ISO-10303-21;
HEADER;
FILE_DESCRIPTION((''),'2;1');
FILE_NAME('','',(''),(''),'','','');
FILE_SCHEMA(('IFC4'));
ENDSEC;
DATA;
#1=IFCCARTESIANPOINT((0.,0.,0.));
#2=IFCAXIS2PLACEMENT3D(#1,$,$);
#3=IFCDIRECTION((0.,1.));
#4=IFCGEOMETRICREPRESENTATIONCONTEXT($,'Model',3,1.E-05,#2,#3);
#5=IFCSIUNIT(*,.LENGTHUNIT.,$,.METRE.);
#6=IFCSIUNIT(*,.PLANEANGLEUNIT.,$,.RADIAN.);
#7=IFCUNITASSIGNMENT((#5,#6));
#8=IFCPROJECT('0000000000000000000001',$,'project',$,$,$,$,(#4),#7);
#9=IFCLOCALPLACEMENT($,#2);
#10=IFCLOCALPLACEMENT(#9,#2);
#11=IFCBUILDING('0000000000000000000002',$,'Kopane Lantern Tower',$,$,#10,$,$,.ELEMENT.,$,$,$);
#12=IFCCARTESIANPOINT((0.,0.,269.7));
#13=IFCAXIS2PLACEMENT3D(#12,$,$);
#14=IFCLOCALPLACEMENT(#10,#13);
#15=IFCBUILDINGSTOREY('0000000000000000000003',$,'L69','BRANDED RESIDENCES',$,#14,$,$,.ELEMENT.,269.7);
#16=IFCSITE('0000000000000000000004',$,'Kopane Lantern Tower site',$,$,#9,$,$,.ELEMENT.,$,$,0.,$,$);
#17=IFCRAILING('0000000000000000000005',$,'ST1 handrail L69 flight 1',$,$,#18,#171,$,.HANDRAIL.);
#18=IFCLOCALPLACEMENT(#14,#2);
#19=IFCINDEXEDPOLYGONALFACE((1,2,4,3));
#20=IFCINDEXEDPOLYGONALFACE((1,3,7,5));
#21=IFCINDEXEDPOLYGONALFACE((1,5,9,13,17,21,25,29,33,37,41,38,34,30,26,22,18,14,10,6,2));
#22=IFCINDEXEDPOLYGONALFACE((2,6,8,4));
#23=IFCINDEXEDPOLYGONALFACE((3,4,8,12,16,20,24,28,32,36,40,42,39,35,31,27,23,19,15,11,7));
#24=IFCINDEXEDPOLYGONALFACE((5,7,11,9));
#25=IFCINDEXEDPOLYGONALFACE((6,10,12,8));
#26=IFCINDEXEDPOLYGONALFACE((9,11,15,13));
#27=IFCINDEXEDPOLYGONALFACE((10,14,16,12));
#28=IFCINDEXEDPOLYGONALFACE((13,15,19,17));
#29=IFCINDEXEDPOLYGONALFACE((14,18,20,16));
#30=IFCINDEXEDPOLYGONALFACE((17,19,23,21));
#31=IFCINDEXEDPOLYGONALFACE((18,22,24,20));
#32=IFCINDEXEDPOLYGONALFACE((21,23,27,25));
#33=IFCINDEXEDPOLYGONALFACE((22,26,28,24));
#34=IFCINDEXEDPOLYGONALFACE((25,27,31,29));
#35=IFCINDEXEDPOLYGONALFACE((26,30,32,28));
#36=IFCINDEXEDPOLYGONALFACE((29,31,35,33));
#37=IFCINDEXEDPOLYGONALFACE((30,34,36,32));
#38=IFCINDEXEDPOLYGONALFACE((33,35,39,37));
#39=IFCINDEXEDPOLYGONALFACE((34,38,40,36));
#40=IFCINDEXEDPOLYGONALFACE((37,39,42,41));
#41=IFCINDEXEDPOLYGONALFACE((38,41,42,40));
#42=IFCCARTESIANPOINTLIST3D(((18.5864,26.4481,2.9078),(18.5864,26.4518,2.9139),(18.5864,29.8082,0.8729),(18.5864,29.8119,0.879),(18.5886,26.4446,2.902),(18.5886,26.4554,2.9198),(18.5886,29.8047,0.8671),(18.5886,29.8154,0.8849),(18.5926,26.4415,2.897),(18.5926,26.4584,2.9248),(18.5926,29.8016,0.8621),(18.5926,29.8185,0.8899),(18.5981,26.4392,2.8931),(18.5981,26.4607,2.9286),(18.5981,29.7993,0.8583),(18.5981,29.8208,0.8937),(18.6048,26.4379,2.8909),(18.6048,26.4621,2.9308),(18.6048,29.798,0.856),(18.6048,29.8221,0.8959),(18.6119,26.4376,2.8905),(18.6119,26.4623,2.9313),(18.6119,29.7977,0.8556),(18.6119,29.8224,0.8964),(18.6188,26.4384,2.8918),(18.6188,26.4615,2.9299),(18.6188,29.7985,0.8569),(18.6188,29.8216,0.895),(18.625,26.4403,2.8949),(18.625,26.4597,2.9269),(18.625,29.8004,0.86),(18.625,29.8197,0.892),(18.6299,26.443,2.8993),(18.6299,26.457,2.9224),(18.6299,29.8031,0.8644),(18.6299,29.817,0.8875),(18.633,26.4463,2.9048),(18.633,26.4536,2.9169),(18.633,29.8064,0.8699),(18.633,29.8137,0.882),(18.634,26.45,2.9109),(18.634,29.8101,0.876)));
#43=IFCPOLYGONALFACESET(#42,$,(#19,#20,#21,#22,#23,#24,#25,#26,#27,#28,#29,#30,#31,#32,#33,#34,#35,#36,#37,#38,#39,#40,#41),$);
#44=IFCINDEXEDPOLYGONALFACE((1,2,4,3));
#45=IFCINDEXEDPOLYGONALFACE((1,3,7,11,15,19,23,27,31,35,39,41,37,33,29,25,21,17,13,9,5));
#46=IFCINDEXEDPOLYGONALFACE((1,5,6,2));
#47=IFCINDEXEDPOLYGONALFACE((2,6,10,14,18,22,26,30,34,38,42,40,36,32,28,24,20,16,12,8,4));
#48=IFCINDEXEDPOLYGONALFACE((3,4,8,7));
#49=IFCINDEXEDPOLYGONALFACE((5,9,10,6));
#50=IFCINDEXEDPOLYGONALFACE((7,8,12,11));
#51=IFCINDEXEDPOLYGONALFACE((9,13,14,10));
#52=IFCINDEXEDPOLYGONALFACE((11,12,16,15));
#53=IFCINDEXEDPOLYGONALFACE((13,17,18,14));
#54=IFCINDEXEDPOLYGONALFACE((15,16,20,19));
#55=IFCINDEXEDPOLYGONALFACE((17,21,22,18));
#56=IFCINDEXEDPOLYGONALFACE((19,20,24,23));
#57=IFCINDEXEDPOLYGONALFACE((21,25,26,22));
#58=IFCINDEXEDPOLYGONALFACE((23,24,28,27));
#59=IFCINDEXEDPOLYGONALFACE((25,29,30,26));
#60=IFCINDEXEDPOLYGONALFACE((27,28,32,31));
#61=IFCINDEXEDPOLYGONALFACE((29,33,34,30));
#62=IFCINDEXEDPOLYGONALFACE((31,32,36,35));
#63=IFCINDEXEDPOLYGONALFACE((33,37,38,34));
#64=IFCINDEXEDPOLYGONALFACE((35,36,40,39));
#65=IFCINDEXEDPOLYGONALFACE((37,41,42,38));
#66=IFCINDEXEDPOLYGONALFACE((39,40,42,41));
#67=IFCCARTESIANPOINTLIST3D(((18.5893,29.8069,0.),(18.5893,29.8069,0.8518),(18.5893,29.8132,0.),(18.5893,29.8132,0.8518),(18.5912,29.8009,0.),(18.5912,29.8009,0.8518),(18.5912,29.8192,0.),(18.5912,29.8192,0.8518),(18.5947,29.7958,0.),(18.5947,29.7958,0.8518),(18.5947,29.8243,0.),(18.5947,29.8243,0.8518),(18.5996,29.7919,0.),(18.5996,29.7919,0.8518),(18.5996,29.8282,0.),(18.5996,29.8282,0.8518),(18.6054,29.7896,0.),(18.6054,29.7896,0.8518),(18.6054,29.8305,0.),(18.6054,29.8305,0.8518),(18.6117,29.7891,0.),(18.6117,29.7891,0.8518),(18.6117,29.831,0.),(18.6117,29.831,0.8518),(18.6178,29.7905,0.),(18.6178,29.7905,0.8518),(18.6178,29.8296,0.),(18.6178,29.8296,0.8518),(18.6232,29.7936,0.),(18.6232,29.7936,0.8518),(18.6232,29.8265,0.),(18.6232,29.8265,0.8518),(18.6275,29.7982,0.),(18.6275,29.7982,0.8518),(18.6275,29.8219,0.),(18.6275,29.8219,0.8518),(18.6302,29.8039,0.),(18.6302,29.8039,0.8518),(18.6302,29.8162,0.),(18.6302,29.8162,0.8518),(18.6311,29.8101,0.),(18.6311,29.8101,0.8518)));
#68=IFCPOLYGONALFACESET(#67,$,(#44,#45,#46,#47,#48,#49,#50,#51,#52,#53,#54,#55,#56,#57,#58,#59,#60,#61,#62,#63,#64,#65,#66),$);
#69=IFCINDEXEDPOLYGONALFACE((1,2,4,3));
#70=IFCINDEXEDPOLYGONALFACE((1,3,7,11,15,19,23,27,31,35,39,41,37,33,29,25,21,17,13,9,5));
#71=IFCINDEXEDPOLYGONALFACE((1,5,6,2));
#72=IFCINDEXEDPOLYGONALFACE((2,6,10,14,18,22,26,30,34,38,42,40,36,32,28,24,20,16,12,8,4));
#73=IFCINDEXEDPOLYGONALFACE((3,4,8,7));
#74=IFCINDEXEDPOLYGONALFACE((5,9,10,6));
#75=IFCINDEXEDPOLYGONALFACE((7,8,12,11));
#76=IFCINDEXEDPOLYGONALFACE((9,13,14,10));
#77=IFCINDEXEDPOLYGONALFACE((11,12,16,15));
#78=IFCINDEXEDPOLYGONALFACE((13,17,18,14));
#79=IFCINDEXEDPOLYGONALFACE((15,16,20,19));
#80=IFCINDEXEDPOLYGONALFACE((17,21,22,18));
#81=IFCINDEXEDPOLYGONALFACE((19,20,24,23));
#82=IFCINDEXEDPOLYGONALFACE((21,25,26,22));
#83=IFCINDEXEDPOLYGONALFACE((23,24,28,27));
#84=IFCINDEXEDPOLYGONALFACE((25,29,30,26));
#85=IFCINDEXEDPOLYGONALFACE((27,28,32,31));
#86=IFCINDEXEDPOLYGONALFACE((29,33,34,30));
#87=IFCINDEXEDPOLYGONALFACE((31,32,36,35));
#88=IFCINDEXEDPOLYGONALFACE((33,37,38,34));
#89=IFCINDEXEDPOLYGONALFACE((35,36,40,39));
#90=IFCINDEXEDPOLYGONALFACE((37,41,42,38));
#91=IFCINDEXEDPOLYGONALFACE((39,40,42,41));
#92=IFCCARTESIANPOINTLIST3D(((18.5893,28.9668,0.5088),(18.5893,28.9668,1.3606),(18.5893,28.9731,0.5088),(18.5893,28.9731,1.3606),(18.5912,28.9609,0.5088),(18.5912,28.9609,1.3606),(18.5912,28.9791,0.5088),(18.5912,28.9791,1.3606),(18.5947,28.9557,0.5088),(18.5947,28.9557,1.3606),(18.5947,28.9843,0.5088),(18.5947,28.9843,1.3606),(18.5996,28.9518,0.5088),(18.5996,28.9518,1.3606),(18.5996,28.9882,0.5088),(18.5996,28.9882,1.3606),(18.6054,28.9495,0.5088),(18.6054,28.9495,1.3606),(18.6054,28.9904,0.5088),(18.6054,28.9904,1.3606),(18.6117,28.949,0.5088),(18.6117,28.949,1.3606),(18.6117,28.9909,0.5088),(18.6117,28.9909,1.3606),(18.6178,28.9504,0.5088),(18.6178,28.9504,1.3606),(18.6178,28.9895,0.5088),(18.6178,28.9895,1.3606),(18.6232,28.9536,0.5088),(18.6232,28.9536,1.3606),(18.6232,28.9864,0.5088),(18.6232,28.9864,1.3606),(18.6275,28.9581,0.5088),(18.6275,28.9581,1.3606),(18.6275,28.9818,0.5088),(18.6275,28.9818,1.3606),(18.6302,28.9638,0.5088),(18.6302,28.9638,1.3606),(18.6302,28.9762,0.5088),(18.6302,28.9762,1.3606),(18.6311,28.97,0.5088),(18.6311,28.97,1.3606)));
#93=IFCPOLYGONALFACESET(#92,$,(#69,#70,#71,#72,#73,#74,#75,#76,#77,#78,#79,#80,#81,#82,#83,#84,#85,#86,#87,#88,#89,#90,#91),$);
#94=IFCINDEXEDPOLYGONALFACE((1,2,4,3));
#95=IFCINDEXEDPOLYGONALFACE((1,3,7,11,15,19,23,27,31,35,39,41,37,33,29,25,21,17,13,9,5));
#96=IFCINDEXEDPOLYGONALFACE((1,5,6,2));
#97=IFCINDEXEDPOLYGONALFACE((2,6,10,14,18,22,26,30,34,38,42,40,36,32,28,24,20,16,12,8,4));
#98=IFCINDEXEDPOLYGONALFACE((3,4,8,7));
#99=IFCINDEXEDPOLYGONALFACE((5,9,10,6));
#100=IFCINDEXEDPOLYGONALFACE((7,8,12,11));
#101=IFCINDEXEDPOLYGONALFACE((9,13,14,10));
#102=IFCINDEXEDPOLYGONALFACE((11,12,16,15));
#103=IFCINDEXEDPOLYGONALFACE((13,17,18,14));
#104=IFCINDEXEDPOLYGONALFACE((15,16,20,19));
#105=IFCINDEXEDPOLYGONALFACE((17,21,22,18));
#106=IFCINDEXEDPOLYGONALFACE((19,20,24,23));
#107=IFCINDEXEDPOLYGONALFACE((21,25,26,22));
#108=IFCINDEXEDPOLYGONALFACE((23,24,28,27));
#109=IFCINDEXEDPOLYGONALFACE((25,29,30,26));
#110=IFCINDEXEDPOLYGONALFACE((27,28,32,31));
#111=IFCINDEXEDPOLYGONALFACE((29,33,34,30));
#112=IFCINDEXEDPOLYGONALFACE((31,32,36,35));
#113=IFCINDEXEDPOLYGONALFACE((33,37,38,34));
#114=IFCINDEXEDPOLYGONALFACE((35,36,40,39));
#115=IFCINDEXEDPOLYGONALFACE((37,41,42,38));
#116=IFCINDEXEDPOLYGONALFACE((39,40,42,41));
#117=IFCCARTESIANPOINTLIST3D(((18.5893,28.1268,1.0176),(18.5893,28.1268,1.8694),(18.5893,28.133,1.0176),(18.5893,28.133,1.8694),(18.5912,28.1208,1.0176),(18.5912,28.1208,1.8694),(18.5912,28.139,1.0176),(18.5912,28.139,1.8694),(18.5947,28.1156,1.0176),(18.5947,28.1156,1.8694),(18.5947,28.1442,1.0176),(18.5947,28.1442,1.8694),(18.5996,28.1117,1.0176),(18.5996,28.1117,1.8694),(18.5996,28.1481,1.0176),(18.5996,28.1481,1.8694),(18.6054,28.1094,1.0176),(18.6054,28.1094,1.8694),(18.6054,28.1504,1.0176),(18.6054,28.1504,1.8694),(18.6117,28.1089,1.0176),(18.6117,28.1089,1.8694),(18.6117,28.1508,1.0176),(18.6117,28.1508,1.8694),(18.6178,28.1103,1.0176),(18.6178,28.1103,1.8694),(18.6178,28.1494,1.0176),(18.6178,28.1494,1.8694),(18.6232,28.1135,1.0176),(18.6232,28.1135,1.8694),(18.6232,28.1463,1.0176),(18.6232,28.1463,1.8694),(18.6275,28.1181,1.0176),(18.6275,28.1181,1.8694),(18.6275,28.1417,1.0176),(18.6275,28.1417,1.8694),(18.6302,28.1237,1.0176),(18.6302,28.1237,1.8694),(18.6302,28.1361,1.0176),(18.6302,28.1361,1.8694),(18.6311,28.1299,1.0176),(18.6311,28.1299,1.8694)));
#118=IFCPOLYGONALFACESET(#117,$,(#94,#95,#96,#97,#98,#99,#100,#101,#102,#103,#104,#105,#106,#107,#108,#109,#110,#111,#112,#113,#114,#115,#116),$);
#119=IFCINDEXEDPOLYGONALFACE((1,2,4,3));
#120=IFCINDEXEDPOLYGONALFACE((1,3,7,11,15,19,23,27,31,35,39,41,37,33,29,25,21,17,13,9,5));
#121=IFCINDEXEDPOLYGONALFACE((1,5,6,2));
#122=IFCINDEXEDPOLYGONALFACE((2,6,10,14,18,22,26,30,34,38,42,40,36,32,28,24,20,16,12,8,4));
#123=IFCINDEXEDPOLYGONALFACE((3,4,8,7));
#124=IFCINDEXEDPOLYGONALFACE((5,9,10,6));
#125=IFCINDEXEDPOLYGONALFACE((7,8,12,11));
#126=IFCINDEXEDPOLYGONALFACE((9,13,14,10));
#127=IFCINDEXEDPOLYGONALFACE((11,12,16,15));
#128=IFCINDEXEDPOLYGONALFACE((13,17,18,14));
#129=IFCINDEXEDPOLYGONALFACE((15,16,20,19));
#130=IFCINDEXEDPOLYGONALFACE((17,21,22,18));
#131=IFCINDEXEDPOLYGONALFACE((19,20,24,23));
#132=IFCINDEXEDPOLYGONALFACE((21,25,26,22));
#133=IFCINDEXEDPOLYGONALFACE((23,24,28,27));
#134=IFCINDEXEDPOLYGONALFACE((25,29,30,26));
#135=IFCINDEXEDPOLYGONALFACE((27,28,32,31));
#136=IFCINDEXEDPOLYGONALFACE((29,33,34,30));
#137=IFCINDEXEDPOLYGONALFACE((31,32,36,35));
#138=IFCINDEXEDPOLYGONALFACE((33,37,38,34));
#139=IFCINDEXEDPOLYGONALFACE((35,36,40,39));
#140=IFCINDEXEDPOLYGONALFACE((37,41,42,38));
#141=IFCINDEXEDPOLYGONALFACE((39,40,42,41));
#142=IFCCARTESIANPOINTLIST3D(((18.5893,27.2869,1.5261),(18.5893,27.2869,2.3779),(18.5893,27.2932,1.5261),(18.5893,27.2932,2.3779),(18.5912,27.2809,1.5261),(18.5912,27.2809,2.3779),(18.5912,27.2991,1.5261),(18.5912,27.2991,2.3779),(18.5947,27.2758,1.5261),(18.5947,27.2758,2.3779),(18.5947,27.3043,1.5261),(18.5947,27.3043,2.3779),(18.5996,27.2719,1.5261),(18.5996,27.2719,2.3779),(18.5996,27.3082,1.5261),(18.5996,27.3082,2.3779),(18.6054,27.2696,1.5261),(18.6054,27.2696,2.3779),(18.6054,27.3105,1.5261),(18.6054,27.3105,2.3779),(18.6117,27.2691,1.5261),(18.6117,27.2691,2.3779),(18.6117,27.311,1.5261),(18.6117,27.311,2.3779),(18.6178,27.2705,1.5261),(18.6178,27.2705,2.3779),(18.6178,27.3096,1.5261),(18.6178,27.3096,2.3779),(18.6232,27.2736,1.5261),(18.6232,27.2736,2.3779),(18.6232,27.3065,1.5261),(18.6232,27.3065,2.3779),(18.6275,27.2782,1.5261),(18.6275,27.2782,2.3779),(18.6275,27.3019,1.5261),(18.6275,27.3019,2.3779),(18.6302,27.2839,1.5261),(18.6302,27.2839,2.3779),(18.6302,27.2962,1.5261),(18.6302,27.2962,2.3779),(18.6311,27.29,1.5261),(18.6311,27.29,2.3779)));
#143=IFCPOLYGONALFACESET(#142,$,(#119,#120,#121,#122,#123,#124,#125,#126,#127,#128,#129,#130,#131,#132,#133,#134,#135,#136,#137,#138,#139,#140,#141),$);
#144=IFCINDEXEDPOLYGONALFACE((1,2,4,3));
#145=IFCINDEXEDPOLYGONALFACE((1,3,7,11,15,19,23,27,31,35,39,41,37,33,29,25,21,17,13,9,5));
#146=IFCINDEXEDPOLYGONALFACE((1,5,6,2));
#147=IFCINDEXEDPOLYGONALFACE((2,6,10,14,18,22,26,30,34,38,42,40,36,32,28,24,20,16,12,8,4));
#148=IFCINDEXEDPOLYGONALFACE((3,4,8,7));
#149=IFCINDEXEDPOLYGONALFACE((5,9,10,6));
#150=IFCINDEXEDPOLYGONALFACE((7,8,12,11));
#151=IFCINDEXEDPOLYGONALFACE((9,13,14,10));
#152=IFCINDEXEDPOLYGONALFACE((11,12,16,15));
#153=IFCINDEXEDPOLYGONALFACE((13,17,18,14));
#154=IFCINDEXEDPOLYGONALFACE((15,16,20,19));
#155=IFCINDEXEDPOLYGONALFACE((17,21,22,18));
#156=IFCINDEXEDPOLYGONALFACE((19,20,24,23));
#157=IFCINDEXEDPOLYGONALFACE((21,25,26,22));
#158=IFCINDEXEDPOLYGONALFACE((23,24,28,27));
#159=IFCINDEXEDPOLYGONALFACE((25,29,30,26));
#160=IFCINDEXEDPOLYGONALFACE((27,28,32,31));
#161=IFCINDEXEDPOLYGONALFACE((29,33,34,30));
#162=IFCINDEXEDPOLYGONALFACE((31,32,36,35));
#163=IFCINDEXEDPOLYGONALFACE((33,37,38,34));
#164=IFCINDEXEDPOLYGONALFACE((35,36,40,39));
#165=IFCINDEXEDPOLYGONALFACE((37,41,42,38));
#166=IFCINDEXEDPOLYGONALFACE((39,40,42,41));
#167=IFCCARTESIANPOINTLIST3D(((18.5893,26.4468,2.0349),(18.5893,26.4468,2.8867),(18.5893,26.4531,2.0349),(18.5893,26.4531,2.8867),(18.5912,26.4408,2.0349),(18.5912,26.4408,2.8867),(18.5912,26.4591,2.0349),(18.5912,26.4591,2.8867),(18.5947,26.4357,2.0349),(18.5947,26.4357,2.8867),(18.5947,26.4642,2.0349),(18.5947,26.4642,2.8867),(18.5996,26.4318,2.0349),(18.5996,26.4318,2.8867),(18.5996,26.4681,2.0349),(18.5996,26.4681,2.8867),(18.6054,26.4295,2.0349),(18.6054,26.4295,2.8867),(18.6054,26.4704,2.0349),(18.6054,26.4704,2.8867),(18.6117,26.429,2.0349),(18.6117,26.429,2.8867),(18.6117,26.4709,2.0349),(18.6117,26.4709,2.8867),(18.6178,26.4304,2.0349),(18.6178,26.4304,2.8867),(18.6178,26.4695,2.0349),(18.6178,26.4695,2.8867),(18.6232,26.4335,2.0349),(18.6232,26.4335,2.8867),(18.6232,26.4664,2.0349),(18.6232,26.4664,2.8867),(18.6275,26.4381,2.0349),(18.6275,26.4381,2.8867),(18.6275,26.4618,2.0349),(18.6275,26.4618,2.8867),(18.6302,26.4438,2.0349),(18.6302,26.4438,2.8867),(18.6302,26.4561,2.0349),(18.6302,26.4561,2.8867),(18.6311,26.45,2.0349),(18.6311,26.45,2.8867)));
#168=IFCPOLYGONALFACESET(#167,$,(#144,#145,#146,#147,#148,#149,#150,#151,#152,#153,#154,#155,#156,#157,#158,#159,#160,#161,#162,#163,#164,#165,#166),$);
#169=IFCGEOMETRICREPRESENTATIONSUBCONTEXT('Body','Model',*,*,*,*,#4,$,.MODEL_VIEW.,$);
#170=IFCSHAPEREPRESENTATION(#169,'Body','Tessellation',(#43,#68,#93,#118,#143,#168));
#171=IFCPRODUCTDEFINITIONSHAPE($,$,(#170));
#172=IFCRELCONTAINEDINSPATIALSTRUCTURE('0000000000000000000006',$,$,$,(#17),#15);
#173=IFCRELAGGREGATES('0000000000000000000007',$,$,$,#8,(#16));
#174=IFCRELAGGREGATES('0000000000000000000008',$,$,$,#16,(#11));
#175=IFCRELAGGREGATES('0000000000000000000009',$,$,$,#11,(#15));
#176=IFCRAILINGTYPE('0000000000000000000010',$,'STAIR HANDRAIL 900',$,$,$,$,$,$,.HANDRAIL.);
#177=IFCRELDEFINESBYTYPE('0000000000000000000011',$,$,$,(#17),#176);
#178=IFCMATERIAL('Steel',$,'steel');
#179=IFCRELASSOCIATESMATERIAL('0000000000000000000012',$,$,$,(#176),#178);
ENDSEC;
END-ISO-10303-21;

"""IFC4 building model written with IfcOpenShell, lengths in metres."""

from ifc_helpers import new_model, si_unit, direction, frame, origin, origin_2d, place, context, subcontext, project, spatial, circle, extrude, material, type_object, element, save


model = new_model("IFC4")

# Units and contexts
model_context = context("Model", 3, precision=1e-05, world=origin(), true_north=direction((0.0, 1.0)))
body_context = subcontext(model_context, "Body", "Model", "MODEL_VIEW")
ifc_project = project(units=[si_unit("LENGTHUNIT", "METRE"), si_unit("PLANEANGLEUNIT", "RADIAN")], contexts=[model_context])

# Site, building, storey
site_placement = place(None, origin())
site = spatial("IfcSite", under=ifc_project, at=site_placement, Name="Kopane Lantern Tower site", CompositionType="ELEMENT", RefElevation=0.0)
building_placement = place(site_placement, origin())
building = spatial("IfcBuilding", under=site, at=building_placement, Name="Kopane Lantern Tower", CompositionType="ELEMENT")
storey_placement = place(building_placement, frame((0.0, 0.0, 269.7)))
storey = spatial("IfcBuildingStorey", under=building, at=storey_placement, Name="L69", Description="BRANDED RESIDENCES", CompositionType="ELEMENT", Elevation=269.7)

# Railing
ifc_material_1 = material(Name="Steel", Category="steel")
railing_type_1 = type_object("IfcRailingType", Name="STAIR HANDRAIL 900", PredefinedType="HANDRAIL", material=ifc_material_1)
for number, where, name in (
    (1, (18.6101, 29.8101, 0.0), "ST1 handrail L69 flight 1"),
):
    element("IfcRailing", number, at=place(storey_placement, frame(where)), inside=storey, type_object=railing_type_1, Name=name, PredefinedType="HANDRAIL", context=body_context, shape_type="SweptSolid", body=[
        extrude(circle(Radius=0.0239, at=origin_2d()), frame((0.0, 0.0, 0.876), z_axis=(0.0, -0.855369, 0.518019), x_axis=(1.0, 0.0, 0.0)), (0.0, 0.0, 1.0), 3.9282),
        extrude(circle(Radius=0.021, at=origin_2d()), origin(), (0.0, 0.0, 1.0), 0.8518),
        extrude(circle(Radius=0.021, at=origin_2d()), frame((0.0, -0.8401, 0.5088)), (0.0, 0.0, 1.0), 0.8518),
        extrude(circle(Radius=0.021, at=origin_2d()), frame((0.0, -1.6802, 1.0176)), (0.0, 0.0, 1.0), 0.8518),
        extrude(circle(Radius=0.021, at=origin_2d()), frame((0.0, -2.52, 1.5261)), (0.0, 0.0, 1.0), 0.8518),
        extrude(circle(Radius=0.021, at=origin_2d()), frame((0.0, -3.3601, 2.0349)), (0.0, 0.0, 1.0), 0.8518),
    ])

save(model, "model.ifc")
